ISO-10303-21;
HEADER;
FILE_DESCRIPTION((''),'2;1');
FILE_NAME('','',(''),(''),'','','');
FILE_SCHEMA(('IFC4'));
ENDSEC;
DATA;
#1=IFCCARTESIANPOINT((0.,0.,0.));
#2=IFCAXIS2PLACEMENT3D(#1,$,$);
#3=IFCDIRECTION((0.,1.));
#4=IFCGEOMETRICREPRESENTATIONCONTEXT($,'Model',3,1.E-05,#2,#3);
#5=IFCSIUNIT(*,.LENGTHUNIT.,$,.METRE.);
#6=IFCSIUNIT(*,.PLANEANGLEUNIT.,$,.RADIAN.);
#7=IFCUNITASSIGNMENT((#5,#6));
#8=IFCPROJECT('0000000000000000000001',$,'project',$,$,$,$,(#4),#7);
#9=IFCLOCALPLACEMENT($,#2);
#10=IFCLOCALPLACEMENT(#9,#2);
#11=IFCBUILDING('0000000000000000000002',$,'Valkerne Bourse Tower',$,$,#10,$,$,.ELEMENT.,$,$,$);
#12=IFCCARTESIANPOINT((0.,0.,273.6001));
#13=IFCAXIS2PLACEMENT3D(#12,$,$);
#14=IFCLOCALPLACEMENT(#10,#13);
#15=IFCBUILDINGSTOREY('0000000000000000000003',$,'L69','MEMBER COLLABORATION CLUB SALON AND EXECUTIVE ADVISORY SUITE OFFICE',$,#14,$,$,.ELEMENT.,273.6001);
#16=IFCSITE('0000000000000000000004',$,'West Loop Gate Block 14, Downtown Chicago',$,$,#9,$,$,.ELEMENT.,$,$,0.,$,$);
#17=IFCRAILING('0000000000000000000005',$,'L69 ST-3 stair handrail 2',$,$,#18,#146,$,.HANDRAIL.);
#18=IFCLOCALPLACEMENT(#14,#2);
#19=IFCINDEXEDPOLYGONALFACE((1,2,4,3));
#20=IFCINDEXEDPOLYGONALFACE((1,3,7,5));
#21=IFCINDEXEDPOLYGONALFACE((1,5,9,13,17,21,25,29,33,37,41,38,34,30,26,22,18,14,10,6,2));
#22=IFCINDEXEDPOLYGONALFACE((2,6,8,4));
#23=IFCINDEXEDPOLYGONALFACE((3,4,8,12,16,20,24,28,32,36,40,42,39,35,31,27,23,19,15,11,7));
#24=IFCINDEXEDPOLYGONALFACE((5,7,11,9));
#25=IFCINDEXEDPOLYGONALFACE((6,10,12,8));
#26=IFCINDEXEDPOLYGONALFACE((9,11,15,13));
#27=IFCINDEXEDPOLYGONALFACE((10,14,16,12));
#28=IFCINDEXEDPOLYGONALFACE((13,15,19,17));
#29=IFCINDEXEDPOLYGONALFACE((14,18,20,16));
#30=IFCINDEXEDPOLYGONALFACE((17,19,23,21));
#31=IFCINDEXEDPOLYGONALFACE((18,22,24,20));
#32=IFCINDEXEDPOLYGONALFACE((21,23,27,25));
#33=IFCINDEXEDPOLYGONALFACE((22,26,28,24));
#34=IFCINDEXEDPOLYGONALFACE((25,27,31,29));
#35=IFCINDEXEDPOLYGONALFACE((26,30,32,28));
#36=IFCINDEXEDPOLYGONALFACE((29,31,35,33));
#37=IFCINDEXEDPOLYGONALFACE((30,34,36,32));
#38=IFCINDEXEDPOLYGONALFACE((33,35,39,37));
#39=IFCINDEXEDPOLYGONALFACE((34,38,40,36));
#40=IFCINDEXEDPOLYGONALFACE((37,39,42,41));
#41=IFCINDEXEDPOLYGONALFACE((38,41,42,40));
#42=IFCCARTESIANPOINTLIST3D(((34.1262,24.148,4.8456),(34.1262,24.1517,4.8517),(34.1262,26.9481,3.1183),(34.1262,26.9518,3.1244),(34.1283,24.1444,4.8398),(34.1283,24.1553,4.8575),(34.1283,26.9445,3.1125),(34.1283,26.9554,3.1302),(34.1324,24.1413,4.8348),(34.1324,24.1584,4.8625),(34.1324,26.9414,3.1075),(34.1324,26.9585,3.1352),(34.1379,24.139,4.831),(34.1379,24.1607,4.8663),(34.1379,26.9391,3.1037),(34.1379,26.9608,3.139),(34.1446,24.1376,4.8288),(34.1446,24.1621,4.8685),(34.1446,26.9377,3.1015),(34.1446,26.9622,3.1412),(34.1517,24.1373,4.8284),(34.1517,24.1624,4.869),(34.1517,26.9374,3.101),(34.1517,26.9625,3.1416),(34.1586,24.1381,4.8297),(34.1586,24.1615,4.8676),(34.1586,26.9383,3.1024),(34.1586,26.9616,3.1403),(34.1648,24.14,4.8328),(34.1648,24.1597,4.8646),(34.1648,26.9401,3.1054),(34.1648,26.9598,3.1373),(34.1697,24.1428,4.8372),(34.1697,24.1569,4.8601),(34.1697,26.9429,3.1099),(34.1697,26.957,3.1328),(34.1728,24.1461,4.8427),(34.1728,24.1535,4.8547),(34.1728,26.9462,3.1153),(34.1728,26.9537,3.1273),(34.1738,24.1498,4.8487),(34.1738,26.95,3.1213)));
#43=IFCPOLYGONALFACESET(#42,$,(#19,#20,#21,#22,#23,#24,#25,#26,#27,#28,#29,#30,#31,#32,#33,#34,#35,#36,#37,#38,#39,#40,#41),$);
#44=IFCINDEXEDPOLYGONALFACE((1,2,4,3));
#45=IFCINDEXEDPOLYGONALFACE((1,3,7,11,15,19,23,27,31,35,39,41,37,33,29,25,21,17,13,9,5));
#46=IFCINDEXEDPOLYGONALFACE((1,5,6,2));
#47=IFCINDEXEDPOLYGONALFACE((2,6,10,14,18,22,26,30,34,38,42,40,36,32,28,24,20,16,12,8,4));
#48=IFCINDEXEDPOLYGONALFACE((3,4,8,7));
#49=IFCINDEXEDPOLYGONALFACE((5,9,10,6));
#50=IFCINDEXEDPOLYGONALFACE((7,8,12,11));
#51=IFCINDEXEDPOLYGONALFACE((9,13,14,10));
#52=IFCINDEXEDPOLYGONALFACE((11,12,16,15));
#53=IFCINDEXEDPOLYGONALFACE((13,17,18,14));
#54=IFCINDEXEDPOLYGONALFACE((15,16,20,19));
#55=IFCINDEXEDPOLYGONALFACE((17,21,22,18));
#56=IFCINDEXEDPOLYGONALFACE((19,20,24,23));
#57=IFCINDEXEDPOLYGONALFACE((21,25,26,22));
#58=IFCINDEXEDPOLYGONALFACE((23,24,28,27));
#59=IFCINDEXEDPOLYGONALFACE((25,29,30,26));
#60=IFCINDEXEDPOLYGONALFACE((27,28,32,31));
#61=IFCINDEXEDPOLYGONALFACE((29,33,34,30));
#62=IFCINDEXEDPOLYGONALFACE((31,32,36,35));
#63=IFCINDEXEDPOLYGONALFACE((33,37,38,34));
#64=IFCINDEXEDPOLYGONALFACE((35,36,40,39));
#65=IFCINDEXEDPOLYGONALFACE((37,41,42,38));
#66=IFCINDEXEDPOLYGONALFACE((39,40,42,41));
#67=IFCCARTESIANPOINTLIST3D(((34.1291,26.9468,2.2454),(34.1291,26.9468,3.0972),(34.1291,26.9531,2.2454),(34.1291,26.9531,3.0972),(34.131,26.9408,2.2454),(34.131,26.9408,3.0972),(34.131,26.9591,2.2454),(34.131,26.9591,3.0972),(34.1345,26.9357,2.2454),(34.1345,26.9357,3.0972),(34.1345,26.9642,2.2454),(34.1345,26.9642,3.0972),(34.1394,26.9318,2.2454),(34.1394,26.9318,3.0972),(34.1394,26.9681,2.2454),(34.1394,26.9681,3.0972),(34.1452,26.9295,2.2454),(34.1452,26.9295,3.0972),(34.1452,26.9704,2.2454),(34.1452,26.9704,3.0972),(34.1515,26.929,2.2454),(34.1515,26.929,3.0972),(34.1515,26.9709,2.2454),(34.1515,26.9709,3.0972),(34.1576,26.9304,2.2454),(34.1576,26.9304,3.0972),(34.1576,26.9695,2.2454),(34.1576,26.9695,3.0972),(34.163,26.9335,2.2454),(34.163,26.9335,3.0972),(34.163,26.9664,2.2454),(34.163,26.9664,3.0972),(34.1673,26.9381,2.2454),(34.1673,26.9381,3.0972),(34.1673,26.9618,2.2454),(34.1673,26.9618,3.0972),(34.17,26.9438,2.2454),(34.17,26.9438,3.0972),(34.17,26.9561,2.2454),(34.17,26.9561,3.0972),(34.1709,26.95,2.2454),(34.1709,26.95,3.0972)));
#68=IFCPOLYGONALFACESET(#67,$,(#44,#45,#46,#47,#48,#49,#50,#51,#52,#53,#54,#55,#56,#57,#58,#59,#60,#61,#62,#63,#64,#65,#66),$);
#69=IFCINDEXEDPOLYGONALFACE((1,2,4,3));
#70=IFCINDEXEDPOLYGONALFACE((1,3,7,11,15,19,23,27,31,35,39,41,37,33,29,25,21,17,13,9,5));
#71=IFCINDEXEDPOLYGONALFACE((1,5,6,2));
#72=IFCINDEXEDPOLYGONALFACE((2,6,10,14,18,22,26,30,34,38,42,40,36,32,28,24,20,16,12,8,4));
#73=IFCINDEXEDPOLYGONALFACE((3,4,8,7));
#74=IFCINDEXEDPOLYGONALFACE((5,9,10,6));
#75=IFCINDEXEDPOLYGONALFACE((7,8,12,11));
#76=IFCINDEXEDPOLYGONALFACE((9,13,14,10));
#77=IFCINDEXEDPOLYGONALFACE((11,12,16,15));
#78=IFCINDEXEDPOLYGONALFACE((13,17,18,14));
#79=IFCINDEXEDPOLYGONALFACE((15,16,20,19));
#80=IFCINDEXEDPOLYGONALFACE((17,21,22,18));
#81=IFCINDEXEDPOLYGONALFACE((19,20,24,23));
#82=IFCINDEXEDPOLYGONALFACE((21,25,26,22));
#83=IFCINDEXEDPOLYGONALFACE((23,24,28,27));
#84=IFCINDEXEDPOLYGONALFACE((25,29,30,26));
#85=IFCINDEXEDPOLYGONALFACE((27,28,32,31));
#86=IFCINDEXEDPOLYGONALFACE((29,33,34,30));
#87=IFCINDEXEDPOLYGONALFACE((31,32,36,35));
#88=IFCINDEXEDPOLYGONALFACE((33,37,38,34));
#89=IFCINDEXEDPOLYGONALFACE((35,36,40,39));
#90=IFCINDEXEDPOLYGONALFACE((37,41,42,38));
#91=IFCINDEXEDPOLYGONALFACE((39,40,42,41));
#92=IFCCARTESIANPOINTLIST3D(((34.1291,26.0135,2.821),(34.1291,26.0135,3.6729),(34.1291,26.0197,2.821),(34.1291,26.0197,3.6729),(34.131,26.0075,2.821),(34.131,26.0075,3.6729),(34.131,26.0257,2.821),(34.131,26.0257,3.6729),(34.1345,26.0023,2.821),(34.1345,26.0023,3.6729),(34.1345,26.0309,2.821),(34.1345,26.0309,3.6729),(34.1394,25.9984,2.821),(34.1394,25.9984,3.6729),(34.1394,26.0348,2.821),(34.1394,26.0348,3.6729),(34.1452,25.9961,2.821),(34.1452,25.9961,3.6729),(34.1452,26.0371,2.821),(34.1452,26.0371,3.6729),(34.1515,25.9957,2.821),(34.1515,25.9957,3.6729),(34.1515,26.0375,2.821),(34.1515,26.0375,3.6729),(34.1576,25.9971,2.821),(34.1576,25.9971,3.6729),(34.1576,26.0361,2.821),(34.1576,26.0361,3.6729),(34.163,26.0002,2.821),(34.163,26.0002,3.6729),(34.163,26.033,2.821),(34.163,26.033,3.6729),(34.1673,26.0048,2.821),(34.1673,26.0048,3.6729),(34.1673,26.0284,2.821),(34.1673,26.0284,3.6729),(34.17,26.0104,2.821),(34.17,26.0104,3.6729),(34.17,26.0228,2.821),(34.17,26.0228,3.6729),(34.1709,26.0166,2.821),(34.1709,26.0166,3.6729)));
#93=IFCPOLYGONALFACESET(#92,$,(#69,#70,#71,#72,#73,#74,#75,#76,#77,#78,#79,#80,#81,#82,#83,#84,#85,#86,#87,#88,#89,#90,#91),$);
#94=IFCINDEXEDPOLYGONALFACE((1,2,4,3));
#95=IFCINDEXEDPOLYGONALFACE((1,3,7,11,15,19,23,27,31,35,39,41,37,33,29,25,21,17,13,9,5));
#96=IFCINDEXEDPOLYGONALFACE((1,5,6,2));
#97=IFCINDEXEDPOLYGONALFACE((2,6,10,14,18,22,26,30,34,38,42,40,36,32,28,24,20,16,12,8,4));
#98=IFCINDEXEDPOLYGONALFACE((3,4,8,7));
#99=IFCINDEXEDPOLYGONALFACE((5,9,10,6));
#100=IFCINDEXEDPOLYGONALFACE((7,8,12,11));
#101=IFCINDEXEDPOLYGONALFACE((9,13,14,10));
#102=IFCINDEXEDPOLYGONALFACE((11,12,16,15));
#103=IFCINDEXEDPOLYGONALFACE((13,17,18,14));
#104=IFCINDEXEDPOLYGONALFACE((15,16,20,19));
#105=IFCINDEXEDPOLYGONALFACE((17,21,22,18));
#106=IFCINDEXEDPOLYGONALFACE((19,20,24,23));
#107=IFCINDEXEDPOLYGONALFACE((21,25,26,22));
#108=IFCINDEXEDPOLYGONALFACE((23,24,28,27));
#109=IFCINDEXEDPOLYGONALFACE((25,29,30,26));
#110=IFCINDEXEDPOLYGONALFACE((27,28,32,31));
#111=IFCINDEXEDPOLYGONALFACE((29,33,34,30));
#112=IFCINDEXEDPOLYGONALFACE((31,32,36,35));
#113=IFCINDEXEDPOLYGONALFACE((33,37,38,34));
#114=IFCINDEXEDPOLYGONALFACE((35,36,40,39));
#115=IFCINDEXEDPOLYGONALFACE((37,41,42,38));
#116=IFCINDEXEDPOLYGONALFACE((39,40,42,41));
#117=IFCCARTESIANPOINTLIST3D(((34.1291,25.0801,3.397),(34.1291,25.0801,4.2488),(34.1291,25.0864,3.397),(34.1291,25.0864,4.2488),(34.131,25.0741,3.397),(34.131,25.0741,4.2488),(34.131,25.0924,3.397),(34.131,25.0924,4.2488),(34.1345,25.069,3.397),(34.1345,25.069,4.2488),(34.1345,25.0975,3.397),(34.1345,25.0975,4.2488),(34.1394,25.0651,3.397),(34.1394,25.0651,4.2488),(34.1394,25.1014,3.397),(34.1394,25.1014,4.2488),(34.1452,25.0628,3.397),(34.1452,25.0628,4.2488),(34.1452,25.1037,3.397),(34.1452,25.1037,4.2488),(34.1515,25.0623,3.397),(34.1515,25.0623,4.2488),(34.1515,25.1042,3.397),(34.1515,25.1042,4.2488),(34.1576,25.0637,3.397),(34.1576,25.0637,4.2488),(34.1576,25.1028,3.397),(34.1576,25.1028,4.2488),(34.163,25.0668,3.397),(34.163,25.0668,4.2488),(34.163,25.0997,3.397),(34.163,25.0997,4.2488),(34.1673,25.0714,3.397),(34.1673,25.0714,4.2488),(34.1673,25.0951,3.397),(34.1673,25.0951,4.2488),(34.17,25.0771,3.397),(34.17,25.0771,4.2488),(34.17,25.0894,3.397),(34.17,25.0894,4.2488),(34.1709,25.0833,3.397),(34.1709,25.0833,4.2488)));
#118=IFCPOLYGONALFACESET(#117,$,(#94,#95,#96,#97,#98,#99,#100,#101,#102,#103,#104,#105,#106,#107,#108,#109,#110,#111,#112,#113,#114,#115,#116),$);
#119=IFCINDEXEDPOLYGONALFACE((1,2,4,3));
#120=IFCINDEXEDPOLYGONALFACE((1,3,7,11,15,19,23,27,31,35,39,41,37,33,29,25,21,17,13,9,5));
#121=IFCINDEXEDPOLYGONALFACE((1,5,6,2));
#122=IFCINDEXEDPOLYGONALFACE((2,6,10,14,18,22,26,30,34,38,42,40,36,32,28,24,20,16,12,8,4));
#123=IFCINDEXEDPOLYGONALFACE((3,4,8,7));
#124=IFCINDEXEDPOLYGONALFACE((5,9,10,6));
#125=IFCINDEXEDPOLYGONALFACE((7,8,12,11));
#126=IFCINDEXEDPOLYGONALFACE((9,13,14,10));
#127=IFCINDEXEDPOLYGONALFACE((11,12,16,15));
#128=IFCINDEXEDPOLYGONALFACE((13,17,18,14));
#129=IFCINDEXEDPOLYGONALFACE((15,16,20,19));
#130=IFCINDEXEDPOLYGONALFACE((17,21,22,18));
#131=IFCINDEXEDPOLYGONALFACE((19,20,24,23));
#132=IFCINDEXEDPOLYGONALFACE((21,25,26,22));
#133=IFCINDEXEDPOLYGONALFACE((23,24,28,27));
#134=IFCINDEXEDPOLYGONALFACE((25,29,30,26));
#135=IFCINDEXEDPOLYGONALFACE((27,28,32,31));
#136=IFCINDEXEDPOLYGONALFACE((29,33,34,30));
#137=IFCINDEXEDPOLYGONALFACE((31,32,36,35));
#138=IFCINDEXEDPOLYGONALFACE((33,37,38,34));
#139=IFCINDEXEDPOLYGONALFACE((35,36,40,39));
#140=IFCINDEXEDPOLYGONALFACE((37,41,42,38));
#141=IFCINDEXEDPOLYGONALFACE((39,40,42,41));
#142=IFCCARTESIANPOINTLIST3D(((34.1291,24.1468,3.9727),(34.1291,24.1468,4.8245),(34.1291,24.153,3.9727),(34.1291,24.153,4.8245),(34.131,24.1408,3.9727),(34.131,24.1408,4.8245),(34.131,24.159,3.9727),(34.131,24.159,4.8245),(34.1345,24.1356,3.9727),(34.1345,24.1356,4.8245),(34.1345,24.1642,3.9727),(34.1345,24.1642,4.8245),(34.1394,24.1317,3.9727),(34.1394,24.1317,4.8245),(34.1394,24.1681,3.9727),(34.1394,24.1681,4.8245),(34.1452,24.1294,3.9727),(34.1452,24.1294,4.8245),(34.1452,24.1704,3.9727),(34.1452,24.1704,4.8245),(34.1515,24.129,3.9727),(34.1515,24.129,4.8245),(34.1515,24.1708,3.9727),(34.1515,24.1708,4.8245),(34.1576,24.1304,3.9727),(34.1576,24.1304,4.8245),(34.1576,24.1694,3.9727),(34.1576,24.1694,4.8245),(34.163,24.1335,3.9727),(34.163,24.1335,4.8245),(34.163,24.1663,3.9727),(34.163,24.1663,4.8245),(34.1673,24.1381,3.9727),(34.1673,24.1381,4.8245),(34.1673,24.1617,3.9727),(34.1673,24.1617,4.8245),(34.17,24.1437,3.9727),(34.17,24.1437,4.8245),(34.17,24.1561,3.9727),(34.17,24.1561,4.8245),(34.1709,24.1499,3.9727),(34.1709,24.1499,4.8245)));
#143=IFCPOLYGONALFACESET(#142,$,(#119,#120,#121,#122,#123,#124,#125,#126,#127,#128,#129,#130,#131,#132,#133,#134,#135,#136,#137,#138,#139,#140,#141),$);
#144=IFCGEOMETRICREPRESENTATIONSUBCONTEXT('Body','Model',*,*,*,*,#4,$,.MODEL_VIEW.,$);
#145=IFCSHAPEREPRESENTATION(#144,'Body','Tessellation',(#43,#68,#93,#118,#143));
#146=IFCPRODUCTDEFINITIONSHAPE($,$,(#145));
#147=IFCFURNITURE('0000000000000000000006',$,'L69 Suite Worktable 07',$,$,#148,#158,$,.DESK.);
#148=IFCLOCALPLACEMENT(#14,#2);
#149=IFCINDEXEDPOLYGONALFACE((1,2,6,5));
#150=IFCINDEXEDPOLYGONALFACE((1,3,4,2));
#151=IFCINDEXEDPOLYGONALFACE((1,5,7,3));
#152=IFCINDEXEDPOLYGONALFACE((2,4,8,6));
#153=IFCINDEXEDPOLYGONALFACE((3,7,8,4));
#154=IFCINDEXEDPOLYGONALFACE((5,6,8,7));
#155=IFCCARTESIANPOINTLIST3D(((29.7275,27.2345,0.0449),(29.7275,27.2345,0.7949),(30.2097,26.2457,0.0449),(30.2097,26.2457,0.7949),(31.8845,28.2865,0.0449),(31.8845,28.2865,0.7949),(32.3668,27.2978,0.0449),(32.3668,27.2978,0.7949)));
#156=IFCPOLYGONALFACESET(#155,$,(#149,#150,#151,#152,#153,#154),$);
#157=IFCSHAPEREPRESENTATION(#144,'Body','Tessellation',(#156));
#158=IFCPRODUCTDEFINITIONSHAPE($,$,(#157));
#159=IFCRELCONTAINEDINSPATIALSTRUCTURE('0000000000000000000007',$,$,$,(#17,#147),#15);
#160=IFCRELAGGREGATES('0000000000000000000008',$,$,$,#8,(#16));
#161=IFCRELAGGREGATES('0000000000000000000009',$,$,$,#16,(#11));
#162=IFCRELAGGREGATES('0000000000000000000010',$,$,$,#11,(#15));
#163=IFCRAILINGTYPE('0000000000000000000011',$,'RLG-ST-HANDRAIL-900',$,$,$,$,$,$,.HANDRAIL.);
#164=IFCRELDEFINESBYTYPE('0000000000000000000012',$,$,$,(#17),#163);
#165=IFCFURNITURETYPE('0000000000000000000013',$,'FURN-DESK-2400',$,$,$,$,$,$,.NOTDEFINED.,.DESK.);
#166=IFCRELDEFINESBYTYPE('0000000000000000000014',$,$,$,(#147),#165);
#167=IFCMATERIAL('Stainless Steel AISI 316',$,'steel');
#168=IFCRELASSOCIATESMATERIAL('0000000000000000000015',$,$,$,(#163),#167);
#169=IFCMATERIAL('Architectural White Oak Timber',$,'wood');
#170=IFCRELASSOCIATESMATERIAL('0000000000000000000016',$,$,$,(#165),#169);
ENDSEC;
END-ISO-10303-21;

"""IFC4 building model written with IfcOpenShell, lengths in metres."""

from ifc_helpers import new_model, si_unit, direction, frame, origin, origin_2d, place, context, subcontext, project, spatial, rectangle, circle, extrude, material, type_object, element, save


model = new_model("IFC4")

# Units and contexts
model_context = context("Model", 3, precision=1e-05, world=origin(), true_north=direction((0.0, 1.0)))
body_context = subcontext(model_context, "Body", "Model", "MODEL_VIEW")
ifc_project = project(units=[si_unit("LENGTHUNIT", "METRE"), si_unit("PLANEANGLEUNIT", "RADIAN")], contexts=[model_context])

# Site, building, storey
site_placement = place(None, origin())
site = spatial("IfcSite", under=ifc_project, at=site_placement, Name="West Loop Gate Block 14, Downtown Chicago", CompositionType="ELEMENT", RefElevation=0.0)
building_placement = place(site_placement, origin())
building = spatial("IfcBuilding", under=site, at=building_placement, Name="Valkerne Bourse Tower", CompositionType="ELEMENT")
storey_placement = place(building_placement, frame((0.0, 0.0, 273.6001)))
storey = spatial("IfcBuildingStorey", under=building, at=storey_placement, Name="L69", Description="MEMBER COLLABORATION CLUB SALON AND EXECUTIVE ADVISORY SUITE OFFICE", CompositionType="ELEMENT", Elevation=273.6001)

# Shared definitions
ifc_material_1 = material(Name="Architectural White Oak Timber", Category="wood")

# Railing
ifc_material_2 = material(Name="Stainless Steel AISI 316", Category="steel")
railing_type_1 = type_object("IfcRailingType", Name="RLG-ST-HANDRAIL-900", PredefinedType="HANDRAIL", material=ifc_material_2)
railing_1_placement = place(storey_placement, frame((34.1499, 26.95, 2.2454)))
element("IfcRailing", 1, at=railing_1_placement, inside=storey, type_object=railing_type_1, Name="L69 ST-3 stair handrail 2", PredefinedType="HANDRAIL", context=body_context, shape_type="SweptSolid", body=[
    extrude(circle(Radius=0.0239, at=origin_2d()), frame((0.0, 0.0, 0.876), z_axis=(0.0, -0.85109, 0.52502), x_axis=(1.0, 0.0, 0.0)), (0.0, 0.0, 1.0), 3.29),
    extrude(circle(Radius=0.021, at=origin_2d()), origin(), (0.0, 0.0, 1.0), 0.8518),
    extrude(circle(Radius=0.021, at=origin_2d()), frame((0.0, -0.9333, 0.5757)), (0.0, 0.0, 1.0), 0.8518),
    extrude(circle(Radius=0.021, at=origin_2d()), frame((0.0, -1.8667, 1.1516)), (0.0, 0.0, 1.0), 0.8518),
    extrude(circle(Radius=0.021, at=origin_2d()), frame((0.0, -2.8, 1.7273)), (0.0, 0.0, 1.0), 0.8518),
])

# Furniture
furniture_type = type_object("IfcFurnitureType", Name="FURN-DESK-2400", AssemblyPlace="NOTDEFINED", PredefinedType="DESK", material=ifc_material_1)
furniture_placement = place(storey_placement, frame((31.0471, 27.2661, 0.0449), z_axis=(0.0, 0.0, 1.0), x_axis=(0.898794, 0.438371, 0.0)))
element("IfcFurniture", 2, at=furniture_placement, inside=storey, type_object=furniture_type, Name="L69 Suite Worktable 07", PredefinedType="DESK", context=body_context, shape_type="SweptSolid", body=[
    extrude(rectangle(XDim=2.3999, YDim=1.1001, at=origin_2d()), origin(), (0.0, 0.0, 1.0), 0.75),
])

save(model, "model.ifc")
